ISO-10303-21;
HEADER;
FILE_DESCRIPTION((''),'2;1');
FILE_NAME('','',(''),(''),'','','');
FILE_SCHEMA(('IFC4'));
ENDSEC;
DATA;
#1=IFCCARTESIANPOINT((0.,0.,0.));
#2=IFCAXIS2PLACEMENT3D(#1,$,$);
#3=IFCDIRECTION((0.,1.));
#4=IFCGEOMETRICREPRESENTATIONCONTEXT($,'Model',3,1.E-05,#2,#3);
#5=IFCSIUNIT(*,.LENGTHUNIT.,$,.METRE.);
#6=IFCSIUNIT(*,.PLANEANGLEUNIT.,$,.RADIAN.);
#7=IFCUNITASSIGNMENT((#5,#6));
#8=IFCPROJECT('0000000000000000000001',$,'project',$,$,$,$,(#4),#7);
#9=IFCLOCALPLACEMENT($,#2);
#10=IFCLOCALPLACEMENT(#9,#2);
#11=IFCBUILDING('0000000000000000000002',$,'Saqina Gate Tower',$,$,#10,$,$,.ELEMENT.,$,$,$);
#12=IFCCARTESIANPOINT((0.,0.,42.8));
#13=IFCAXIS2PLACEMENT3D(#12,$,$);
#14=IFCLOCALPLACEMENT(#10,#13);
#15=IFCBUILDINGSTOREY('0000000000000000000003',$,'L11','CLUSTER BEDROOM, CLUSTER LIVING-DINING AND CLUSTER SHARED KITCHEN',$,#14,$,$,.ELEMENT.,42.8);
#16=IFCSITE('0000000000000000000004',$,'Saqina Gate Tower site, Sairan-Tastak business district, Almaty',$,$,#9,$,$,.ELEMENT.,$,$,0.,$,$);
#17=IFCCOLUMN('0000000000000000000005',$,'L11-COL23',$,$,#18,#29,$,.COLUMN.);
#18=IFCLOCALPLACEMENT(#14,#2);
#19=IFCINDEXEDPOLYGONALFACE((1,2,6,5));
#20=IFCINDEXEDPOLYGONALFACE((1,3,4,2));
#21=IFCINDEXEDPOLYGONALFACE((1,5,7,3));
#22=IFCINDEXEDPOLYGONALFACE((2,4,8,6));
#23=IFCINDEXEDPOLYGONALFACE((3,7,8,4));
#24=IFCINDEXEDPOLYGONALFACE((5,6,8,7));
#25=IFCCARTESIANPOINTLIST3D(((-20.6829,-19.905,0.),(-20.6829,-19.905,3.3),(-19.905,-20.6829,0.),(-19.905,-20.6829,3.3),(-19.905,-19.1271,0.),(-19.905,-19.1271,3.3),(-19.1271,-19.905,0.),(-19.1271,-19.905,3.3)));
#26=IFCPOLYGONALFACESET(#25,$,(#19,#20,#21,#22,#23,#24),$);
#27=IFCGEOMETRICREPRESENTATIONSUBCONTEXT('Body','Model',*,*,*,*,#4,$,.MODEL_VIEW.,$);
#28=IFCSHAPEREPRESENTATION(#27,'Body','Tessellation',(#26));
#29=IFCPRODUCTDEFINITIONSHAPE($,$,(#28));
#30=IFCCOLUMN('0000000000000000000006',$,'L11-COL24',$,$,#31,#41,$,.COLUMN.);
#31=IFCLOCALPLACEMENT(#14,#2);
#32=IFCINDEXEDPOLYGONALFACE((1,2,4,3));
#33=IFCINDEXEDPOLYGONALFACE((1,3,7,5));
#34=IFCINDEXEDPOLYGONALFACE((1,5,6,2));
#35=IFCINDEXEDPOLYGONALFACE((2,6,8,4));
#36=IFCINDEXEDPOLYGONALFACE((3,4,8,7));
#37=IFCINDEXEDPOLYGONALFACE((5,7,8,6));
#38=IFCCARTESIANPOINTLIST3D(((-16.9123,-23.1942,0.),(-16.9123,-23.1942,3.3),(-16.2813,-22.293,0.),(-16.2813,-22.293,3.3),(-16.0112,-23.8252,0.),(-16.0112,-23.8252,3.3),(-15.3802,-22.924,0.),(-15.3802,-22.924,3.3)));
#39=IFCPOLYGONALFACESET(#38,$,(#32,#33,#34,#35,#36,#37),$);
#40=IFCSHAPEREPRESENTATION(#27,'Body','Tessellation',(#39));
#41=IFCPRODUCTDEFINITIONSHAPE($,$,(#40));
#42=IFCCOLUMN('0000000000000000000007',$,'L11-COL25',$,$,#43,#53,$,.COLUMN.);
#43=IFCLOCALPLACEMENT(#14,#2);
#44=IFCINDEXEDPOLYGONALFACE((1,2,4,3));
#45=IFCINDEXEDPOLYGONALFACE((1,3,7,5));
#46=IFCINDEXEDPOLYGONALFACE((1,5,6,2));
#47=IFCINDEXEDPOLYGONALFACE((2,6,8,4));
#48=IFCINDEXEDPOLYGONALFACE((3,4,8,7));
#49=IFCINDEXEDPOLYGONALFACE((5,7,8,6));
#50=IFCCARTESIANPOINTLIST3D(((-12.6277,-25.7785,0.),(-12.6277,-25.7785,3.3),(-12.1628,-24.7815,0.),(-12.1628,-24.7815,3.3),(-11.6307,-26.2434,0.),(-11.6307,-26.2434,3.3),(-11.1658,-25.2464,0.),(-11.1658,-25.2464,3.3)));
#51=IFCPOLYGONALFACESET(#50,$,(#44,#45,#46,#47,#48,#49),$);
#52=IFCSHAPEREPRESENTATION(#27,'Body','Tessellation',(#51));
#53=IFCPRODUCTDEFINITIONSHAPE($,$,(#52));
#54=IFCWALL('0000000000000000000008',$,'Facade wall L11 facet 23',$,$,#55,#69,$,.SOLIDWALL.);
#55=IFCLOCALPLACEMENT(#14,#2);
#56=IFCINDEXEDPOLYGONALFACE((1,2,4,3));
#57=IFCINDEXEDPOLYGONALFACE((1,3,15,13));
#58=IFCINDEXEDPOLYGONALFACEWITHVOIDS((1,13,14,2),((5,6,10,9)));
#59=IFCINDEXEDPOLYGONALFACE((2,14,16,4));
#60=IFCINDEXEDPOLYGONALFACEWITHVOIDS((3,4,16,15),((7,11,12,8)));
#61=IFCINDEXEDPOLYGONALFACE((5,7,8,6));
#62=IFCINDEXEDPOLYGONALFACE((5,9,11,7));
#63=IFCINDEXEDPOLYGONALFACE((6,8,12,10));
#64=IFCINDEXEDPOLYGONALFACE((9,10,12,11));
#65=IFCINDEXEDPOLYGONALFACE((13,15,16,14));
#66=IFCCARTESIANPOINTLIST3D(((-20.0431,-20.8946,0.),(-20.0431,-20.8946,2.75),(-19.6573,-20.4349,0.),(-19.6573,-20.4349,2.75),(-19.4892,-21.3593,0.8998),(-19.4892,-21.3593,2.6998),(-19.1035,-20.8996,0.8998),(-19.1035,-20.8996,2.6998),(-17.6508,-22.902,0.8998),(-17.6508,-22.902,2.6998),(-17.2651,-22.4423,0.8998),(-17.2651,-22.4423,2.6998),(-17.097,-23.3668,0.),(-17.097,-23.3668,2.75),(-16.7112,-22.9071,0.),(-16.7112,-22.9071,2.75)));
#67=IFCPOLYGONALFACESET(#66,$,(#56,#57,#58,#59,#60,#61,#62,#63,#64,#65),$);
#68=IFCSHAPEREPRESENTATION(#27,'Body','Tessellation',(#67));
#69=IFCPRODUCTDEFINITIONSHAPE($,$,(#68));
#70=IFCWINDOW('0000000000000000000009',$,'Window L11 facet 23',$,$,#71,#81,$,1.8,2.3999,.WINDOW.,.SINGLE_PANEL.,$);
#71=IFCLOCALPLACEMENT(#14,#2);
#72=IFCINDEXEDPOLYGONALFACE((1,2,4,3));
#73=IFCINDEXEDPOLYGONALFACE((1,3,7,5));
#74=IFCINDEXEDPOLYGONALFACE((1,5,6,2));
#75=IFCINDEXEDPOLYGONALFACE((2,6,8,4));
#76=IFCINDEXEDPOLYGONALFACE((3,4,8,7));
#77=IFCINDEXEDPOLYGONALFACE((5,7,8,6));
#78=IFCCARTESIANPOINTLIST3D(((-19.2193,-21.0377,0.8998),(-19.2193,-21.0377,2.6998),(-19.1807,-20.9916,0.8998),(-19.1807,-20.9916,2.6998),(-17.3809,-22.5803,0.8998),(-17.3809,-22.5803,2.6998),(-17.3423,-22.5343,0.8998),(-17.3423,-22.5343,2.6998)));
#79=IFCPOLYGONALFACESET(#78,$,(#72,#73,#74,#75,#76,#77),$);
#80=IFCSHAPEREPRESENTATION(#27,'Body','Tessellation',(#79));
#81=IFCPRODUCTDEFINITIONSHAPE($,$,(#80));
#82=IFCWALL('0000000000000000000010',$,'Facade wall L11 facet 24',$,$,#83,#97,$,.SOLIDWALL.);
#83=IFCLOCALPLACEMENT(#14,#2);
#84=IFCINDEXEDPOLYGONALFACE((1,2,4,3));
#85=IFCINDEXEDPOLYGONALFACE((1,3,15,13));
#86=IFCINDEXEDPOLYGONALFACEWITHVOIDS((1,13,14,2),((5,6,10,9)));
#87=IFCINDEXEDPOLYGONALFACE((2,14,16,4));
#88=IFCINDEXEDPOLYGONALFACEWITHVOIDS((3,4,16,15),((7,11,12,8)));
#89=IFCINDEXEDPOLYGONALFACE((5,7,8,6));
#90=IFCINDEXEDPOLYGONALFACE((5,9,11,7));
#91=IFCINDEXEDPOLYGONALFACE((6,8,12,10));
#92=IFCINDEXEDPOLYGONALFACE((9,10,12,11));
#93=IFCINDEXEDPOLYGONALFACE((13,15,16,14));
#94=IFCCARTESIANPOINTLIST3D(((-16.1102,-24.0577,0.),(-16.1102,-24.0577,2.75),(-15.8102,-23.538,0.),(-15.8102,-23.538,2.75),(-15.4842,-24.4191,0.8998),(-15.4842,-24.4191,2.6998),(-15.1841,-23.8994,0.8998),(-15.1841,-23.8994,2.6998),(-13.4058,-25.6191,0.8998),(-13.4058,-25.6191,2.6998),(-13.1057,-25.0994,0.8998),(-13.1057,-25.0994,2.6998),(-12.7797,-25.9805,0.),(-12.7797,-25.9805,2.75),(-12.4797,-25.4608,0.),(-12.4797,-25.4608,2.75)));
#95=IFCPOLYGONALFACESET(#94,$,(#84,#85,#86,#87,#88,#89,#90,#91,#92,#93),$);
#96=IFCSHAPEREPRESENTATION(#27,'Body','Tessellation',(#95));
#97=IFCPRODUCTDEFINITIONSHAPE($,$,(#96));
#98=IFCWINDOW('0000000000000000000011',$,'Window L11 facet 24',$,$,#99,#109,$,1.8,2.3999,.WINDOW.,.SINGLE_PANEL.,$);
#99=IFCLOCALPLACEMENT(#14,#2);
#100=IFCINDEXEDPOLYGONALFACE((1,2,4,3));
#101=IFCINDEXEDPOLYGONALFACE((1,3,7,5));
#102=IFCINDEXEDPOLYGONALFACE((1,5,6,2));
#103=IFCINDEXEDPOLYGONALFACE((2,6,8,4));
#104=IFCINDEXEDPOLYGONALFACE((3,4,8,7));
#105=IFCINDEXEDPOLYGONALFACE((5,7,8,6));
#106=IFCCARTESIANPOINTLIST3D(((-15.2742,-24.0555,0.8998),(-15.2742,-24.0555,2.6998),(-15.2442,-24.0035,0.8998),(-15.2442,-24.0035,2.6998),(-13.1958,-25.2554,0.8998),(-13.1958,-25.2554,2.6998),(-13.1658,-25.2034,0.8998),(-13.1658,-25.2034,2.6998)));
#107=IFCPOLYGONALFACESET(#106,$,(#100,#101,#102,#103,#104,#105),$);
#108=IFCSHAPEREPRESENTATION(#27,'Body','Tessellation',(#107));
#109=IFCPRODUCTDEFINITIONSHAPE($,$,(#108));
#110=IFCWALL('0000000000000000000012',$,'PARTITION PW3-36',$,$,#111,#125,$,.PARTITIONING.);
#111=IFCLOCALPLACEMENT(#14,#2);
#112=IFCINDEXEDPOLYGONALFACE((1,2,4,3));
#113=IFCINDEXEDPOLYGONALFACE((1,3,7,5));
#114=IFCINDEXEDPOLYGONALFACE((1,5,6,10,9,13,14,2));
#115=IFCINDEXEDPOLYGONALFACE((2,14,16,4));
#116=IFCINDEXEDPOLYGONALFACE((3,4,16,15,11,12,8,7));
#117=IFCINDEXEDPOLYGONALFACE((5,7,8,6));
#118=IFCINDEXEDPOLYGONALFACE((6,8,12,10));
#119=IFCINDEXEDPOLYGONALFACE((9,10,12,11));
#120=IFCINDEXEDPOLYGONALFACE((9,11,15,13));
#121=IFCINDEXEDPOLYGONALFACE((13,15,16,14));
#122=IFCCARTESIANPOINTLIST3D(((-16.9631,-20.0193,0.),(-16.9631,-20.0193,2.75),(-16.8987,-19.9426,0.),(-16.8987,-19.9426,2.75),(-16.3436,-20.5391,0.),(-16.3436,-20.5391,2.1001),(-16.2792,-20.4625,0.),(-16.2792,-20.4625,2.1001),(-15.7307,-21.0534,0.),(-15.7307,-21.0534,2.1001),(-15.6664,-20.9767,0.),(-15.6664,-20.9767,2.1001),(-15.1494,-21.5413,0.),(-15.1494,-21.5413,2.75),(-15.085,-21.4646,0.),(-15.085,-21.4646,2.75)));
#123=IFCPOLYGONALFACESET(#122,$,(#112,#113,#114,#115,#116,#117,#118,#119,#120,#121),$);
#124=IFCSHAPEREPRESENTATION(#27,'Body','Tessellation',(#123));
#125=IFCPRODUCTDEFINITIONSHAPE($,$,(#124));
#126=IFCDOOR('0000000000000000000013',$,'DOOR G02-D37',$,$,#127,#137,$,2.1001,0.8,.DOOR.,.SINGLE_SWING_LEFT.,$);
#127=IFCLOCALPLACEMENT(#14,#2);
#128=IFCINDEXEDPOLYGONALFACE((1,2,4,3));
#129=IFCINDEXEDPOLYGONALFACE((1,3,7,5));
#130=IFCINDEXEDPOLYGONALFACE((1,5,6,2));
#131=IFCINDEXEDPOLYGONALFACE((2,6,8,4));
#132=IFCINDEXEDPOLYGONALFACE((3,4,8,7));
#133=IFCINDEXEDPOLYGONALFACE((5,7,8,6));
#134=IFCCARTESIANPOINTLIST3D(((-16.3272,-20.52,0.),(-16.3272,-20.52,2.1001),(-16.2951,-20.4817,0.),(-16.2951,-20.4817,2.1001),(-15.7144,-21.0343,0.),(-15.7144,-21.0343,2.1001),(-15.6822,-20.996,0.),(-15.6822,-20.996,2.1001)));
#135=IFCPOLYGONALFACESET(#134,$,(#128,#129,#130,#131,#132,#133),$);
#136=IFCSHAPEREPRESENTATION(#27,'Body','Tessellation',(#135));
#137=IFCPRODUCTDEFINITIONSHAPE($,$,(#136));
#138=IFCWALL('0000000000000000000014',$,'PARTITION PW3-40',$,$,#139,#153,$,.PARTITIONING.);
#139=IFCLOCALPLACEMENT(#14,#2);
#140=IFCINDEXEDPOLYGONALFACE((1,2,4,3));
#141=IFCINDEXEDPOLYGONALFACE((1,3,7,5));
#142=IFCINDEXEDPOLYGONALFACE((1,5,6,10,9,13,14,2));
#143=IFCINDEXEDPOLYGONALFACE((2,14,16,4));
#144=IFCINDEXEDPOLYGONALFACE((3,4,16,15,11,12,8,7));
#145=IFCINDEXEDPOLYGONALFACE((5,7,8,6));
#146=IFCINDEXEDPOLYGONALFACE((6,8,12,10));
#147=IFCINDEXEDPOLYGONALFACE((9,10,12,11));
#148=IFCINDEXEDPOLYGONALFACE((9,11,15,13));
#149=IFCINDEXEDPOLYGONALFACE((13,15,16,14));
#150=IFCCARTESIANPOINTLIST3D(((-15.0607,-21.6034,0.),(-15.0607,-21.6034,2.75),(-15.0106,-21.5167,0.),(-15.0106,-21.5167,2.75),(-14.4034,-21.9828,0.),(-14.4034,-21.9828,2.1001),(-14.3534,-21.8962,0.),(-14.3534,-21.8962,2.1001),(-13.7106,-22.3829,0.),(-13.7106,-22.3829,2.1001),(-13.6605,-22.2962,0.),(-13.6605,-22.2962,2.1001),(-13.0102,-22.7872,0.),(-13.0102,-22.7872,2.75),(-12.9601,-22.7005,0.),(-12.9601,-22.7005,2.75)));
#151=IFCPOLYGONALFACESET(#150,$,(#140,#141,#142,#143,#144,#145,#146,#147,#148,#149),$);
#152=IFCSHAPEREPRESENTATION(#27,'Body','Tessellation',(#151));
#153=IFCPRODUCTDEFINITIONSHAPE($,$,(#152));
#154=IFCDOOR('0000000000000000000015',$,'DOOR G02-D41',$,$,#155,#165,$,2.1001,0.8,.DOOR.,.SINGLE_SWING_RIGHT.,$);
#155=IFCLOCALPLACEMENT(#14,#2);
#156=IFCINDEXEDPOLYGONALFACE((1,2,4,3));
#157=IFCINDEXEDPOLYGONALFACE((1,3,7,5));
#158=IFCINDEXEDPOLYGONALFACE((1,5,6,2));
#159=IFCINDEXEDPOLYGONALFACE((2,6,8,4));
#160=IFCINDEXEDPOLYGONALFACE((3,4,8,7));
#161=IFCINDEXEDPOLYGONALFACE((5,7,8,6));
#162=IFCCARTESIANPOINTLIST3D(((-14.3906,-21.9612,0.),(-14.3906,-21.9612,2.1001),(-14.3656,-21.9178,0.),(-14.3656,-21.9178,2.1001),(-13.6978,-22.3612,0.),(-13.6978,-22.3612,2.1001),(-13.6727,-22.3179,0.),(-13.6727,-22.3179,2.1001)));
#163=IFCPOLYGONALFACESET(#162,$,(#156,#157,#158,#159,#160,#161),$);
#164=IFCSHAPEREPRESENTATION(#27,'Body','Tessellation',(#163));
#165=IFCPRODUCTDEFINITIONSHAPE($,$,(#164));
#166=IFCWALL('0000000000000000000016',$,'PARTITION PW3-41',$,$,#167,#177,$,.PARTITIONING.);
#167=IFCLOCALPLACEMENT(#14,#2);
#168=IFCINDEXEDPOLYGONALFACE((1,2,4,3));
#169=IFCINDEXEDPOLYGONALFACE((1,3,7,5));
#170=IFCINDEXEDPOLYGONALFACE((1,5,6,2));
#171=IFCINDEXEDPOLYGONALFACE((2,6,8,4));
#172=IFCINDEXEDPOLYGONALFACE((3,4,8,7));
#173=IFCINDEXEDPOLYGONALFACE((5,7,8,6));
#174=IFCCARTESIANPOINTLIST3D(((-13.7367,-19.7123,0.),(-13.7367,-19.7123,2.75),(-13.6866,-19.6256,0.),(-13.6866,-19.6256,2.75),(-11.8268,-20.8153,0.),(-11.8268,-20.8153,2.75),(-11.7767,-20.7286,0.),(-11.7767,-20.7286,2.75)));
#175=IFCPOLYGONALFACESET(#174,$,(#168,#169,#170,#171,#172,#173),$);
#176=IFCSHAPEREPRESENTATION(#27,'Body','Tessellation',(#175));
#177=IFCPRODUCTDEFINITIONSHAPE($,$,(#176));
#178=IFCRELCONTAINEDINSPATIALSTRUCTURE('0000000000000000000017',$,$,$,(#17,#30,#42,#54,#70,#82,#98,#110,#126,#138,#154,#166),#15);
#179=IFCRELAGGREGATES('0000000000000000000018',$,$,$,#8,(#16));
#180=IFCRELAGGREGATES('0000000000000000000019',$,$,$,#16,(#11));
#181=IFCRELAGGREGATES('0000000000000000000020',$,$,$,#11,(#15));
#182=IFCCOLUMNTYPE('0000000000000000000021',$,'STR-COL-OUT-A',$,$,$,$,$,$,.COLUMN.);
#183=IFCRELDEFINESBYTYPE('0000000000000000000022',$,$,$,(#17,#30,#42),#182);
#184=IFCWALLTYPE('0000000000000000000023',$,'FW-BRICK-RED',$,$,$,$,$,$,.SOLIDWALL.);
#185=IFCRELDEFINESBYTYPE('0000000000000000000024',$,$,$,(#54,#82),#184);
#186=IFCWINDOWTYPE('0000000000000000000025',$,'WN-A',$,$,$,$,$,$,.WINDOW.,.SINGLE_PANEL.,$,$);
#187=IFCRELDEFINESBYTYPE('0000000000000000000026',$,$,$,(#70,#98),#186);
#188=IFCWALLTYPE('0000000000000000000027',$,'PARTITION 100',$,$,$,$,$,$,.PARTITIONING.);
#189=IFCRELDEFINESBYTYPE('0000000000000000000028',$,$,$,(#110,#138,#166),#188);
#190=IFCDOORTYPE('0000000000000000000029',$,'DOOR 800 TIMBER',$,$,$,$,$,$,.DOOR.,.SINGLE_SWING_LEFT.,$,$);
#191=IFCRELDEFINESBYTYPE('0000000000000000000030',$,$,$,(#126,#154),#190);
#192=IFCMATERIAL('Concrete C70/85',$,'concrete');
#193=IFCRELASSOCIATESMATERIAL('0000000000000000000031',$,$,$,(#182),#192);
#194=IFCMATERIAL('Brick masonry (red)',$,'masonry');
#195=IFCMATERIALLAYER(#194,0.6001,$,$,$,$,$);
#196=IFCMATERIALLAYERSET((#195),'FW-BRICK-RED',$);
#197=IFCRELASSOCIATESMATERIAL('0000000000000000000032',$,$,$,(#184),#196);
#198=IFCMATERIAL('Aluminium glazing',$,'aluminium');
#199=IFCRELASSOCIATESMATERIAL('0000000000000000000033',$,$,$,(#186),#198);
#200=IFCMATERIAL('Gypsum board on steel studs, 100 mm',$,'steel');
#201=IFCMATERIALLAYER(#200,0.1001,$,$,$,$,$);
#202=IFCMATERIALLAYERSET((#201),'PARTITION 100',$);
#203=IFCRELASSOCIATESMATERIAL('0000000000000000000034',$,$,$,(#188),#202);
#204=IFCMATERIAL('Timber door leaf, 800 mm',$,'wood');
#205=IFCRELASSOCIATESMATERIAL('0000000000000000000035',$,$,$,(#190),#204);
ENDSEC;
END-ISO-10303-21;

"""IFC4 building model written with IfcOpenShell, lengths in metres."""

from ifc_helpers import new_model, si_unit, direction, frame, frame_2d, origin, origin_2d, place, context, subcontext, project, spatial, rectangle, extrude, material, layer, layer_set, material_profile, profile_set, type_object, element, fill, save


model = new_model("IFC4")

# Units and contexts
model_context = context("Model", 3, precision=1e-05, world=origin(), true_north=direction((0.0, 1.0)))
body_context = subcontext(model_context, "Body", "Model", "MODEL_VIEW")
ifc_project = project(units=[si_unit("LENGTHUNIT", "METRE"), si_unit("PLANEANGLEUNIT", "RADIAN")], contexts=[model_context])

# Site, building, storey
site_placement = place(None, origin())
site = spatial("IfcSite", under=ifc_project, at=site_placement, Name="Saqina Gate Tower site, Sairan-Tastak business district, Almaty", CompositionType="ELEMENT", RefElevation=0.0)
building_placement = place(site_placement, origin())
building = spatial("IfcBuilding", under=site, at=building_placement, Name="Saqina Gate Tower", CompositionType="ELEMENT")
storey_placement = place(building_placement, frame((0.0, 0.0, 42.8)))
storey = spatial("IfcBuildingStorey", under=building, at=storey_placement, Name="L11", Description="CLUSTER BEDROOM, CLUSTER LIVING-DINING AND CLUSTER SHARED KITCHEN", CompositionType="ELEMENT", Elevation=42.8)

# Columns
ifc_material_1 = material(Name="Concrete C70/85", Category="concrete")
ifc_material_profile = material_profile(ifc_material_1, rectangle(XDim=1.1001, YDim=1.1001, at=origin_2d()), Name="RC 1100x1100")
ifc_profile_set = profile_set([ifc_material_profile], Name="Concrete C70/85")
column_type = type_object("IfcColumnType", Name="STR-COL-OUT-A", PredefinedType="COLUMN", material=ifc_profile_set)
for number, where, z_axis, x_axis, name in (
    (1, (-19.905, -19.905, 0.0), (0.0, 0.0, 1.0), (-0.707107, -0.707107, 0.0), "L11-COL23"),
    (2, (-16.1462, -23.0591, 0.0), (0.0, 0.0, 1.0), (-0.573576, -0.819152, 0.0), "L11-COL24"),
    (3, (-11.8967, -25.5125, 0.0), (0.0, 0.0, 1.0), (-0.422618, -0.906308, 0.0), "L11-COL25"),
):
    element("IfcColumn", number, at=place(storey_placement, frame(where, z_axis=z_axis, x_axis=x_axis)), inside=storey, type_object=column_type, Name=name, PredefinedType="COLUMN", context=body_context, shape_type="SweptSolid", body=[
        extrude(rectangle(XDim=1.1001, YDim=1.1001, at=origin_2d()), origin(), (0.0, 0.0, 1.0), 3.3),
    ])

# Walls, openings, windows
ifc_material_2 = material(Name="Brick masonry (red)", Category="masonry")
ifc_layer_1 = layer(ifc_material_2, 0.6001)
ifc_layer_set_1 = layer_set([ifc_layer_1], Name="FW-BRICK-RED")
wall_type_1 = type_object("IfcWallType", Name="FW-BRICK-RED", PredefinedType="SOLIDWALL", material=ifc_layer_set_1)
wall_1_placement = place(storey_placement, frame((-19.8501, -20.6648, 0.0), z_axis=(0.0, 0.0, 1.0), x_axis=(0.766026, -0.642809, 0.0)))
wall_1 = element("IfcWall", 4, at=wall_1_placement, inside=storey, type_object=wall_type_1, Name="Facade wall L11 facet 23", PredefinedType="SOLIDWALL", context=body_context, shape_type="SweptSolid", body=[
    extrude(rectangle(XDim=3.8459, YDim=0.6001, at=frame_2d((1.9229, 0.0))), origin(), (0.0, 0.0, 1.0), 2.75),
])
opening_1_placement = place(wall_1_placement, frame((0.7229, 0.0, 0.8999)))
opening_1 = element("IfcOpeningElement", 5, at=opening_1_placement, cuts=wall_1, PredefinedType="OPENING", context=body_context, shape_type="SweptSolid", body=[
    extrude(rectangle(XDim=2.3999, YDim=1.8, at=frame_2d((1.2, 0.8999))), frame((0.0, 0.312, 0.0), z_axis=(0.0, -1.0, 0.0), x_axis=(1.0, 0.0, 0.0)), (0.0, 0.0, 1.0), 0.624),
])
ifc_material_3 = material(Name="Aluminium glazing", Category="aluminium")
window_type = type_object("IfcWindowType", Name="WN-A", PartitioningType="SINGLE_PANEL", PredefinedType="WINDOW", material=ifc_material_3)
window_1_placement = place(opening_1_placement, origin())
window_1 = element("IfcWindow", 6, at=window_1_placement, inside=storey, type_object=window_type, Name="Window L11 facet 23", OverallHeight=1.8, OverallWidth=2.3999, PartitioningType="SINGLE_PANEL", PredefinedType="WINDOW", context=body_context, shape_type="SweptSolid", body=[
    extrude(rectangle(XDim=2.3999, YDim=1.8, at=frame_2d((1.2, 0.8999))), frame((0.0, 0.1799, 0.0), z_axis=(0.0, -1.0, 0.0), x_axis=(1.0, 0.0, 0.0)), (0.0, 0.0, 1.0), 0.0601),
])
fill(opening_1, window_1)
wall_2_placement = place(storey_placement, frame((-15.9602, -23.7979, 0.0), z_axis=(0.0, 0.0, 1.0), x_axis=(0.866031, -0.49999, 0.0)))
wall_2 = element("IfcWall", 7, at=wall_2_placement, inside=storey, type_object=wall_type_1, Name="Facade wall L11 facet 24", PredefinedType="SOLIDWALL", context=body_context, shape_type="SweptSolid", body=[
    extrude(rectangle(XDim=3.8457, YDim=0.6001, at=frame_2d((1.9229, 0.0))), origin(), (0.0, 0.0, 1.0), 2.75),
])
opening_2_placement = place(wall_2_placement, frame((0.7229, 0.0, 0.8999)))
opening_2 = element("IfcOpeningElement", 8, at=opening_2_placement, cuts=wall_2, PredefinedType="OPENING", context=body_context, shape_type="SweptSolid", body=[
    extrude(rectangle(XDim=2.3999, YDim=1.8, at=frame_2d((1.2, 0.8999))), frame((0.0, 0.312, 0.0), z_axis=(0.0, -1.0, 0.0), x_axis=(1.0, 0.0, 0.0)), (0.0, 0.0, 1.0), 0.624),
])
window_2_placement = place(opening_2_placement, origin())
window_2 = element("IfcWindow", 9, at=window_2_placement, inside=storey, type_object=window_type, Name="Window L11 facet 24", OverallHeight=1.8, OverallWidth=2.3999, PartitioningType="SINGLE_PANEL", PredefinedType="WINDOW", context=body_context, shape_type="SweptSolid", body=[
    extrude(rectangle(XDim=2.3999, YDim=1.8, at=frame_2d((1.2, 0.8999))), frame((0.0, 0.1799, 0.0), z_axis=(0.0, -1.0, 0.0), x_axis=(1.0, 0.0, 0.0)), (0.0, 0.0, 1.0), 0.0601),
])
fill(opening_2, window_2)

# Walls, openings, doors
ifc_material_4 = material(Name="Gypsum board on steel studs, 100 mm", Category="steel")
ifc_layer_2 = layer(ifc_material_4, 0.1001)
ifc_layer_set_2 = layer_set([ifc_layer_2], Name="PARTITION 100")
wall_type_2 = type_object("IfcWallType", Name="PARTITION 100", PredefinedType="PARTITIONING", material=ifc_layer_set_2)
wall_3_placement = place(storey_placement, frame((-16.9309, -19.981, 0.0), z_axis=(0.0, 0.0, 1.0), x_axis=(0.766028, -0.642808, 0.0)))
wall_3 = element("IfcWall", 10, at=wall_3_placement, inside=storey, type_object=wall_type_2, Name="PARTITION PW3-36", PredefinedType="PARTITIONING", context=body_context, shape_type="SweptSolid", body=[
    extrude(rectangle(XDim=2.3677, YDim=0.1001, at=frame_2d((1.1838, 0.0))), origin(), (0.0, 0.0, 1.0), 2.75),
])
opening_3_placement = place(wall_3_placement, frame((0.8088, 0.0, 0.0)))
opening_3 = element("IfcOpeningElement", 11, at=opening_3_placement, cuts=wall_3, PredefinedType="OPENING", context=body_context, shape_type="SweptSolid", body=[
    extrude(rectangle(XDim=0.8, YDim=2.1001, at=frame_2d((0.3999, 1.05))), frame((0.0, 0.062, 0.0), z_axis=(0.0, -1.0, 0.0), x_axis=(1.0, 0.0, 0.0)), (0.0, 0.0, 1.0), 0.124),
])
ifc_material_5 = material(Name="Timber door leaf, 800 mm", Category="wood")
door_type = type_object("IfcDoorType", Name="DOOR 800 TIMBER", OperationType="SINGLE_SWING_LEFT", PredefinedType="DOOR", material=ifc_material_5)
door_1_placement = place(opening_3_placement, frame((0.8, 0.0, 0.0), z_axis=(0.0, 0.0, 1.0), x_axis=(-1.0, 0.0, 0.0)))
door_1 = element("IfcDoor", 12, at=door_1_placement, inside=storey, type_object=door_type, Name="DOOR G02-D37", OperationType="SINGLE_SWING_LEFT", OverallHeight=2.1001, OverallWidth=0.8, PredefinedType="DOOR", context=body_context, shape_type="SweptSolid", body=[
    extrude(rectangle(XDim=0.8, YDim=2.1001, at=frame_2d((0.3999, 1.05))), frame((0.0, 0.0249, 0.0), z_axis=(0.0, -1.0, 0.0), x_axis=(1.0, 0.0, 0.0)), (0.0, 0.0, 1.0), 0.05),
])
fill(opening_3, door_1)
wall_4_placement = place(storey_placement, frame((-15.0356, -21.5601, 0.0), z_axis=(0.0, 0.0, 1.0), x_axis=(0.866033, -0.499987, 0.0)))
wall_4 = element("IfcWall", 13, at=wall_4_placement, inside=storey, type_object=wall_type_2, Name="PARTITION PW3-40", PredefinedType="PARTITIONING", context=body_context, shape_type="SweptSolid", body=[
    extrude(rectangle(XDim=2.3677, YDim=0.1001, at=frame_2d((1.1838, 0.0))), origin(), (0.0, 0.0, 1.0), 2.75),
])
opening_4_placement = place(wall_4_placement, frame((0.759, 0.0, 0.0)))
opening_4 = element("IfcOpeningElement", 14, at=opening_4_placement, cuts=wall_4, PredefinedType="OPENING", context=body_context, shape_type="SweptSolid", body=[
    extrude(rectangle(XDim=0.8, YDim=2.1001, at=frame_2d((0.3999, 1.05))), frame((0.0, 0.062, 0.0), z_axis=(0.0, -1.0, 0.0), x_axis=(1.0, 0.0, 0.0)), (0.0, 0.0, 1.0), 0.124),
])
door_2_placement = place(opening_4_placement, frame((0.8, 0.0, 0.0), z_axis=(0.0, 0.0, 1.0), x_axis=(-1.0, 0.0, 0.0)))
door_2 = element("IfcDoor", 15, at=door_2_placement, inside=storey, type_object=door_type, Name="DOOR G02-D41", OperationType="SINGLE_SWING_RIGHT", OverallHeight=2.1001, OverallWidth=0.8, PredefinedType="DOOR", context=body_context, shape_type="SweptSolid", body=[
    extrude(rectangle(XDim=0.8, YDim=2.1001, at=frame_2d((0.3999, 1.05))), frame((0.0, 0.0249, 0.0), z_axis=(0.0, -1.0, 0.0), x_axis=(1.0, 0.0, 0.0)), (0.0, 0.0, 1.0), 0.05),
])
fill(opening_4, door_2)

# Wall
wall_5_placement = place(storey_placement, frame((-13.7117, -19.6689, 0.0), z_axis=(0.0, 0.0, 1.0), x_axis=(0.865959, -0.500115, 0.0)))
element("IfcWall", 16, at=wall_5_placement, inside=storey, type_object=wall_type_2, Name="PARTITION PW3-41", PredefinedType="PARTITIONING", context=body_context, shape_type="SweptSolid", body=[
    extrude(rectangle(XDim=2.2056, YDim=0.1001, at=frame_2d((1.1028, 0.0))), origin(), (0.0, 0.0, 1.0), 2.75),
])

save(model, "model.ifc")
